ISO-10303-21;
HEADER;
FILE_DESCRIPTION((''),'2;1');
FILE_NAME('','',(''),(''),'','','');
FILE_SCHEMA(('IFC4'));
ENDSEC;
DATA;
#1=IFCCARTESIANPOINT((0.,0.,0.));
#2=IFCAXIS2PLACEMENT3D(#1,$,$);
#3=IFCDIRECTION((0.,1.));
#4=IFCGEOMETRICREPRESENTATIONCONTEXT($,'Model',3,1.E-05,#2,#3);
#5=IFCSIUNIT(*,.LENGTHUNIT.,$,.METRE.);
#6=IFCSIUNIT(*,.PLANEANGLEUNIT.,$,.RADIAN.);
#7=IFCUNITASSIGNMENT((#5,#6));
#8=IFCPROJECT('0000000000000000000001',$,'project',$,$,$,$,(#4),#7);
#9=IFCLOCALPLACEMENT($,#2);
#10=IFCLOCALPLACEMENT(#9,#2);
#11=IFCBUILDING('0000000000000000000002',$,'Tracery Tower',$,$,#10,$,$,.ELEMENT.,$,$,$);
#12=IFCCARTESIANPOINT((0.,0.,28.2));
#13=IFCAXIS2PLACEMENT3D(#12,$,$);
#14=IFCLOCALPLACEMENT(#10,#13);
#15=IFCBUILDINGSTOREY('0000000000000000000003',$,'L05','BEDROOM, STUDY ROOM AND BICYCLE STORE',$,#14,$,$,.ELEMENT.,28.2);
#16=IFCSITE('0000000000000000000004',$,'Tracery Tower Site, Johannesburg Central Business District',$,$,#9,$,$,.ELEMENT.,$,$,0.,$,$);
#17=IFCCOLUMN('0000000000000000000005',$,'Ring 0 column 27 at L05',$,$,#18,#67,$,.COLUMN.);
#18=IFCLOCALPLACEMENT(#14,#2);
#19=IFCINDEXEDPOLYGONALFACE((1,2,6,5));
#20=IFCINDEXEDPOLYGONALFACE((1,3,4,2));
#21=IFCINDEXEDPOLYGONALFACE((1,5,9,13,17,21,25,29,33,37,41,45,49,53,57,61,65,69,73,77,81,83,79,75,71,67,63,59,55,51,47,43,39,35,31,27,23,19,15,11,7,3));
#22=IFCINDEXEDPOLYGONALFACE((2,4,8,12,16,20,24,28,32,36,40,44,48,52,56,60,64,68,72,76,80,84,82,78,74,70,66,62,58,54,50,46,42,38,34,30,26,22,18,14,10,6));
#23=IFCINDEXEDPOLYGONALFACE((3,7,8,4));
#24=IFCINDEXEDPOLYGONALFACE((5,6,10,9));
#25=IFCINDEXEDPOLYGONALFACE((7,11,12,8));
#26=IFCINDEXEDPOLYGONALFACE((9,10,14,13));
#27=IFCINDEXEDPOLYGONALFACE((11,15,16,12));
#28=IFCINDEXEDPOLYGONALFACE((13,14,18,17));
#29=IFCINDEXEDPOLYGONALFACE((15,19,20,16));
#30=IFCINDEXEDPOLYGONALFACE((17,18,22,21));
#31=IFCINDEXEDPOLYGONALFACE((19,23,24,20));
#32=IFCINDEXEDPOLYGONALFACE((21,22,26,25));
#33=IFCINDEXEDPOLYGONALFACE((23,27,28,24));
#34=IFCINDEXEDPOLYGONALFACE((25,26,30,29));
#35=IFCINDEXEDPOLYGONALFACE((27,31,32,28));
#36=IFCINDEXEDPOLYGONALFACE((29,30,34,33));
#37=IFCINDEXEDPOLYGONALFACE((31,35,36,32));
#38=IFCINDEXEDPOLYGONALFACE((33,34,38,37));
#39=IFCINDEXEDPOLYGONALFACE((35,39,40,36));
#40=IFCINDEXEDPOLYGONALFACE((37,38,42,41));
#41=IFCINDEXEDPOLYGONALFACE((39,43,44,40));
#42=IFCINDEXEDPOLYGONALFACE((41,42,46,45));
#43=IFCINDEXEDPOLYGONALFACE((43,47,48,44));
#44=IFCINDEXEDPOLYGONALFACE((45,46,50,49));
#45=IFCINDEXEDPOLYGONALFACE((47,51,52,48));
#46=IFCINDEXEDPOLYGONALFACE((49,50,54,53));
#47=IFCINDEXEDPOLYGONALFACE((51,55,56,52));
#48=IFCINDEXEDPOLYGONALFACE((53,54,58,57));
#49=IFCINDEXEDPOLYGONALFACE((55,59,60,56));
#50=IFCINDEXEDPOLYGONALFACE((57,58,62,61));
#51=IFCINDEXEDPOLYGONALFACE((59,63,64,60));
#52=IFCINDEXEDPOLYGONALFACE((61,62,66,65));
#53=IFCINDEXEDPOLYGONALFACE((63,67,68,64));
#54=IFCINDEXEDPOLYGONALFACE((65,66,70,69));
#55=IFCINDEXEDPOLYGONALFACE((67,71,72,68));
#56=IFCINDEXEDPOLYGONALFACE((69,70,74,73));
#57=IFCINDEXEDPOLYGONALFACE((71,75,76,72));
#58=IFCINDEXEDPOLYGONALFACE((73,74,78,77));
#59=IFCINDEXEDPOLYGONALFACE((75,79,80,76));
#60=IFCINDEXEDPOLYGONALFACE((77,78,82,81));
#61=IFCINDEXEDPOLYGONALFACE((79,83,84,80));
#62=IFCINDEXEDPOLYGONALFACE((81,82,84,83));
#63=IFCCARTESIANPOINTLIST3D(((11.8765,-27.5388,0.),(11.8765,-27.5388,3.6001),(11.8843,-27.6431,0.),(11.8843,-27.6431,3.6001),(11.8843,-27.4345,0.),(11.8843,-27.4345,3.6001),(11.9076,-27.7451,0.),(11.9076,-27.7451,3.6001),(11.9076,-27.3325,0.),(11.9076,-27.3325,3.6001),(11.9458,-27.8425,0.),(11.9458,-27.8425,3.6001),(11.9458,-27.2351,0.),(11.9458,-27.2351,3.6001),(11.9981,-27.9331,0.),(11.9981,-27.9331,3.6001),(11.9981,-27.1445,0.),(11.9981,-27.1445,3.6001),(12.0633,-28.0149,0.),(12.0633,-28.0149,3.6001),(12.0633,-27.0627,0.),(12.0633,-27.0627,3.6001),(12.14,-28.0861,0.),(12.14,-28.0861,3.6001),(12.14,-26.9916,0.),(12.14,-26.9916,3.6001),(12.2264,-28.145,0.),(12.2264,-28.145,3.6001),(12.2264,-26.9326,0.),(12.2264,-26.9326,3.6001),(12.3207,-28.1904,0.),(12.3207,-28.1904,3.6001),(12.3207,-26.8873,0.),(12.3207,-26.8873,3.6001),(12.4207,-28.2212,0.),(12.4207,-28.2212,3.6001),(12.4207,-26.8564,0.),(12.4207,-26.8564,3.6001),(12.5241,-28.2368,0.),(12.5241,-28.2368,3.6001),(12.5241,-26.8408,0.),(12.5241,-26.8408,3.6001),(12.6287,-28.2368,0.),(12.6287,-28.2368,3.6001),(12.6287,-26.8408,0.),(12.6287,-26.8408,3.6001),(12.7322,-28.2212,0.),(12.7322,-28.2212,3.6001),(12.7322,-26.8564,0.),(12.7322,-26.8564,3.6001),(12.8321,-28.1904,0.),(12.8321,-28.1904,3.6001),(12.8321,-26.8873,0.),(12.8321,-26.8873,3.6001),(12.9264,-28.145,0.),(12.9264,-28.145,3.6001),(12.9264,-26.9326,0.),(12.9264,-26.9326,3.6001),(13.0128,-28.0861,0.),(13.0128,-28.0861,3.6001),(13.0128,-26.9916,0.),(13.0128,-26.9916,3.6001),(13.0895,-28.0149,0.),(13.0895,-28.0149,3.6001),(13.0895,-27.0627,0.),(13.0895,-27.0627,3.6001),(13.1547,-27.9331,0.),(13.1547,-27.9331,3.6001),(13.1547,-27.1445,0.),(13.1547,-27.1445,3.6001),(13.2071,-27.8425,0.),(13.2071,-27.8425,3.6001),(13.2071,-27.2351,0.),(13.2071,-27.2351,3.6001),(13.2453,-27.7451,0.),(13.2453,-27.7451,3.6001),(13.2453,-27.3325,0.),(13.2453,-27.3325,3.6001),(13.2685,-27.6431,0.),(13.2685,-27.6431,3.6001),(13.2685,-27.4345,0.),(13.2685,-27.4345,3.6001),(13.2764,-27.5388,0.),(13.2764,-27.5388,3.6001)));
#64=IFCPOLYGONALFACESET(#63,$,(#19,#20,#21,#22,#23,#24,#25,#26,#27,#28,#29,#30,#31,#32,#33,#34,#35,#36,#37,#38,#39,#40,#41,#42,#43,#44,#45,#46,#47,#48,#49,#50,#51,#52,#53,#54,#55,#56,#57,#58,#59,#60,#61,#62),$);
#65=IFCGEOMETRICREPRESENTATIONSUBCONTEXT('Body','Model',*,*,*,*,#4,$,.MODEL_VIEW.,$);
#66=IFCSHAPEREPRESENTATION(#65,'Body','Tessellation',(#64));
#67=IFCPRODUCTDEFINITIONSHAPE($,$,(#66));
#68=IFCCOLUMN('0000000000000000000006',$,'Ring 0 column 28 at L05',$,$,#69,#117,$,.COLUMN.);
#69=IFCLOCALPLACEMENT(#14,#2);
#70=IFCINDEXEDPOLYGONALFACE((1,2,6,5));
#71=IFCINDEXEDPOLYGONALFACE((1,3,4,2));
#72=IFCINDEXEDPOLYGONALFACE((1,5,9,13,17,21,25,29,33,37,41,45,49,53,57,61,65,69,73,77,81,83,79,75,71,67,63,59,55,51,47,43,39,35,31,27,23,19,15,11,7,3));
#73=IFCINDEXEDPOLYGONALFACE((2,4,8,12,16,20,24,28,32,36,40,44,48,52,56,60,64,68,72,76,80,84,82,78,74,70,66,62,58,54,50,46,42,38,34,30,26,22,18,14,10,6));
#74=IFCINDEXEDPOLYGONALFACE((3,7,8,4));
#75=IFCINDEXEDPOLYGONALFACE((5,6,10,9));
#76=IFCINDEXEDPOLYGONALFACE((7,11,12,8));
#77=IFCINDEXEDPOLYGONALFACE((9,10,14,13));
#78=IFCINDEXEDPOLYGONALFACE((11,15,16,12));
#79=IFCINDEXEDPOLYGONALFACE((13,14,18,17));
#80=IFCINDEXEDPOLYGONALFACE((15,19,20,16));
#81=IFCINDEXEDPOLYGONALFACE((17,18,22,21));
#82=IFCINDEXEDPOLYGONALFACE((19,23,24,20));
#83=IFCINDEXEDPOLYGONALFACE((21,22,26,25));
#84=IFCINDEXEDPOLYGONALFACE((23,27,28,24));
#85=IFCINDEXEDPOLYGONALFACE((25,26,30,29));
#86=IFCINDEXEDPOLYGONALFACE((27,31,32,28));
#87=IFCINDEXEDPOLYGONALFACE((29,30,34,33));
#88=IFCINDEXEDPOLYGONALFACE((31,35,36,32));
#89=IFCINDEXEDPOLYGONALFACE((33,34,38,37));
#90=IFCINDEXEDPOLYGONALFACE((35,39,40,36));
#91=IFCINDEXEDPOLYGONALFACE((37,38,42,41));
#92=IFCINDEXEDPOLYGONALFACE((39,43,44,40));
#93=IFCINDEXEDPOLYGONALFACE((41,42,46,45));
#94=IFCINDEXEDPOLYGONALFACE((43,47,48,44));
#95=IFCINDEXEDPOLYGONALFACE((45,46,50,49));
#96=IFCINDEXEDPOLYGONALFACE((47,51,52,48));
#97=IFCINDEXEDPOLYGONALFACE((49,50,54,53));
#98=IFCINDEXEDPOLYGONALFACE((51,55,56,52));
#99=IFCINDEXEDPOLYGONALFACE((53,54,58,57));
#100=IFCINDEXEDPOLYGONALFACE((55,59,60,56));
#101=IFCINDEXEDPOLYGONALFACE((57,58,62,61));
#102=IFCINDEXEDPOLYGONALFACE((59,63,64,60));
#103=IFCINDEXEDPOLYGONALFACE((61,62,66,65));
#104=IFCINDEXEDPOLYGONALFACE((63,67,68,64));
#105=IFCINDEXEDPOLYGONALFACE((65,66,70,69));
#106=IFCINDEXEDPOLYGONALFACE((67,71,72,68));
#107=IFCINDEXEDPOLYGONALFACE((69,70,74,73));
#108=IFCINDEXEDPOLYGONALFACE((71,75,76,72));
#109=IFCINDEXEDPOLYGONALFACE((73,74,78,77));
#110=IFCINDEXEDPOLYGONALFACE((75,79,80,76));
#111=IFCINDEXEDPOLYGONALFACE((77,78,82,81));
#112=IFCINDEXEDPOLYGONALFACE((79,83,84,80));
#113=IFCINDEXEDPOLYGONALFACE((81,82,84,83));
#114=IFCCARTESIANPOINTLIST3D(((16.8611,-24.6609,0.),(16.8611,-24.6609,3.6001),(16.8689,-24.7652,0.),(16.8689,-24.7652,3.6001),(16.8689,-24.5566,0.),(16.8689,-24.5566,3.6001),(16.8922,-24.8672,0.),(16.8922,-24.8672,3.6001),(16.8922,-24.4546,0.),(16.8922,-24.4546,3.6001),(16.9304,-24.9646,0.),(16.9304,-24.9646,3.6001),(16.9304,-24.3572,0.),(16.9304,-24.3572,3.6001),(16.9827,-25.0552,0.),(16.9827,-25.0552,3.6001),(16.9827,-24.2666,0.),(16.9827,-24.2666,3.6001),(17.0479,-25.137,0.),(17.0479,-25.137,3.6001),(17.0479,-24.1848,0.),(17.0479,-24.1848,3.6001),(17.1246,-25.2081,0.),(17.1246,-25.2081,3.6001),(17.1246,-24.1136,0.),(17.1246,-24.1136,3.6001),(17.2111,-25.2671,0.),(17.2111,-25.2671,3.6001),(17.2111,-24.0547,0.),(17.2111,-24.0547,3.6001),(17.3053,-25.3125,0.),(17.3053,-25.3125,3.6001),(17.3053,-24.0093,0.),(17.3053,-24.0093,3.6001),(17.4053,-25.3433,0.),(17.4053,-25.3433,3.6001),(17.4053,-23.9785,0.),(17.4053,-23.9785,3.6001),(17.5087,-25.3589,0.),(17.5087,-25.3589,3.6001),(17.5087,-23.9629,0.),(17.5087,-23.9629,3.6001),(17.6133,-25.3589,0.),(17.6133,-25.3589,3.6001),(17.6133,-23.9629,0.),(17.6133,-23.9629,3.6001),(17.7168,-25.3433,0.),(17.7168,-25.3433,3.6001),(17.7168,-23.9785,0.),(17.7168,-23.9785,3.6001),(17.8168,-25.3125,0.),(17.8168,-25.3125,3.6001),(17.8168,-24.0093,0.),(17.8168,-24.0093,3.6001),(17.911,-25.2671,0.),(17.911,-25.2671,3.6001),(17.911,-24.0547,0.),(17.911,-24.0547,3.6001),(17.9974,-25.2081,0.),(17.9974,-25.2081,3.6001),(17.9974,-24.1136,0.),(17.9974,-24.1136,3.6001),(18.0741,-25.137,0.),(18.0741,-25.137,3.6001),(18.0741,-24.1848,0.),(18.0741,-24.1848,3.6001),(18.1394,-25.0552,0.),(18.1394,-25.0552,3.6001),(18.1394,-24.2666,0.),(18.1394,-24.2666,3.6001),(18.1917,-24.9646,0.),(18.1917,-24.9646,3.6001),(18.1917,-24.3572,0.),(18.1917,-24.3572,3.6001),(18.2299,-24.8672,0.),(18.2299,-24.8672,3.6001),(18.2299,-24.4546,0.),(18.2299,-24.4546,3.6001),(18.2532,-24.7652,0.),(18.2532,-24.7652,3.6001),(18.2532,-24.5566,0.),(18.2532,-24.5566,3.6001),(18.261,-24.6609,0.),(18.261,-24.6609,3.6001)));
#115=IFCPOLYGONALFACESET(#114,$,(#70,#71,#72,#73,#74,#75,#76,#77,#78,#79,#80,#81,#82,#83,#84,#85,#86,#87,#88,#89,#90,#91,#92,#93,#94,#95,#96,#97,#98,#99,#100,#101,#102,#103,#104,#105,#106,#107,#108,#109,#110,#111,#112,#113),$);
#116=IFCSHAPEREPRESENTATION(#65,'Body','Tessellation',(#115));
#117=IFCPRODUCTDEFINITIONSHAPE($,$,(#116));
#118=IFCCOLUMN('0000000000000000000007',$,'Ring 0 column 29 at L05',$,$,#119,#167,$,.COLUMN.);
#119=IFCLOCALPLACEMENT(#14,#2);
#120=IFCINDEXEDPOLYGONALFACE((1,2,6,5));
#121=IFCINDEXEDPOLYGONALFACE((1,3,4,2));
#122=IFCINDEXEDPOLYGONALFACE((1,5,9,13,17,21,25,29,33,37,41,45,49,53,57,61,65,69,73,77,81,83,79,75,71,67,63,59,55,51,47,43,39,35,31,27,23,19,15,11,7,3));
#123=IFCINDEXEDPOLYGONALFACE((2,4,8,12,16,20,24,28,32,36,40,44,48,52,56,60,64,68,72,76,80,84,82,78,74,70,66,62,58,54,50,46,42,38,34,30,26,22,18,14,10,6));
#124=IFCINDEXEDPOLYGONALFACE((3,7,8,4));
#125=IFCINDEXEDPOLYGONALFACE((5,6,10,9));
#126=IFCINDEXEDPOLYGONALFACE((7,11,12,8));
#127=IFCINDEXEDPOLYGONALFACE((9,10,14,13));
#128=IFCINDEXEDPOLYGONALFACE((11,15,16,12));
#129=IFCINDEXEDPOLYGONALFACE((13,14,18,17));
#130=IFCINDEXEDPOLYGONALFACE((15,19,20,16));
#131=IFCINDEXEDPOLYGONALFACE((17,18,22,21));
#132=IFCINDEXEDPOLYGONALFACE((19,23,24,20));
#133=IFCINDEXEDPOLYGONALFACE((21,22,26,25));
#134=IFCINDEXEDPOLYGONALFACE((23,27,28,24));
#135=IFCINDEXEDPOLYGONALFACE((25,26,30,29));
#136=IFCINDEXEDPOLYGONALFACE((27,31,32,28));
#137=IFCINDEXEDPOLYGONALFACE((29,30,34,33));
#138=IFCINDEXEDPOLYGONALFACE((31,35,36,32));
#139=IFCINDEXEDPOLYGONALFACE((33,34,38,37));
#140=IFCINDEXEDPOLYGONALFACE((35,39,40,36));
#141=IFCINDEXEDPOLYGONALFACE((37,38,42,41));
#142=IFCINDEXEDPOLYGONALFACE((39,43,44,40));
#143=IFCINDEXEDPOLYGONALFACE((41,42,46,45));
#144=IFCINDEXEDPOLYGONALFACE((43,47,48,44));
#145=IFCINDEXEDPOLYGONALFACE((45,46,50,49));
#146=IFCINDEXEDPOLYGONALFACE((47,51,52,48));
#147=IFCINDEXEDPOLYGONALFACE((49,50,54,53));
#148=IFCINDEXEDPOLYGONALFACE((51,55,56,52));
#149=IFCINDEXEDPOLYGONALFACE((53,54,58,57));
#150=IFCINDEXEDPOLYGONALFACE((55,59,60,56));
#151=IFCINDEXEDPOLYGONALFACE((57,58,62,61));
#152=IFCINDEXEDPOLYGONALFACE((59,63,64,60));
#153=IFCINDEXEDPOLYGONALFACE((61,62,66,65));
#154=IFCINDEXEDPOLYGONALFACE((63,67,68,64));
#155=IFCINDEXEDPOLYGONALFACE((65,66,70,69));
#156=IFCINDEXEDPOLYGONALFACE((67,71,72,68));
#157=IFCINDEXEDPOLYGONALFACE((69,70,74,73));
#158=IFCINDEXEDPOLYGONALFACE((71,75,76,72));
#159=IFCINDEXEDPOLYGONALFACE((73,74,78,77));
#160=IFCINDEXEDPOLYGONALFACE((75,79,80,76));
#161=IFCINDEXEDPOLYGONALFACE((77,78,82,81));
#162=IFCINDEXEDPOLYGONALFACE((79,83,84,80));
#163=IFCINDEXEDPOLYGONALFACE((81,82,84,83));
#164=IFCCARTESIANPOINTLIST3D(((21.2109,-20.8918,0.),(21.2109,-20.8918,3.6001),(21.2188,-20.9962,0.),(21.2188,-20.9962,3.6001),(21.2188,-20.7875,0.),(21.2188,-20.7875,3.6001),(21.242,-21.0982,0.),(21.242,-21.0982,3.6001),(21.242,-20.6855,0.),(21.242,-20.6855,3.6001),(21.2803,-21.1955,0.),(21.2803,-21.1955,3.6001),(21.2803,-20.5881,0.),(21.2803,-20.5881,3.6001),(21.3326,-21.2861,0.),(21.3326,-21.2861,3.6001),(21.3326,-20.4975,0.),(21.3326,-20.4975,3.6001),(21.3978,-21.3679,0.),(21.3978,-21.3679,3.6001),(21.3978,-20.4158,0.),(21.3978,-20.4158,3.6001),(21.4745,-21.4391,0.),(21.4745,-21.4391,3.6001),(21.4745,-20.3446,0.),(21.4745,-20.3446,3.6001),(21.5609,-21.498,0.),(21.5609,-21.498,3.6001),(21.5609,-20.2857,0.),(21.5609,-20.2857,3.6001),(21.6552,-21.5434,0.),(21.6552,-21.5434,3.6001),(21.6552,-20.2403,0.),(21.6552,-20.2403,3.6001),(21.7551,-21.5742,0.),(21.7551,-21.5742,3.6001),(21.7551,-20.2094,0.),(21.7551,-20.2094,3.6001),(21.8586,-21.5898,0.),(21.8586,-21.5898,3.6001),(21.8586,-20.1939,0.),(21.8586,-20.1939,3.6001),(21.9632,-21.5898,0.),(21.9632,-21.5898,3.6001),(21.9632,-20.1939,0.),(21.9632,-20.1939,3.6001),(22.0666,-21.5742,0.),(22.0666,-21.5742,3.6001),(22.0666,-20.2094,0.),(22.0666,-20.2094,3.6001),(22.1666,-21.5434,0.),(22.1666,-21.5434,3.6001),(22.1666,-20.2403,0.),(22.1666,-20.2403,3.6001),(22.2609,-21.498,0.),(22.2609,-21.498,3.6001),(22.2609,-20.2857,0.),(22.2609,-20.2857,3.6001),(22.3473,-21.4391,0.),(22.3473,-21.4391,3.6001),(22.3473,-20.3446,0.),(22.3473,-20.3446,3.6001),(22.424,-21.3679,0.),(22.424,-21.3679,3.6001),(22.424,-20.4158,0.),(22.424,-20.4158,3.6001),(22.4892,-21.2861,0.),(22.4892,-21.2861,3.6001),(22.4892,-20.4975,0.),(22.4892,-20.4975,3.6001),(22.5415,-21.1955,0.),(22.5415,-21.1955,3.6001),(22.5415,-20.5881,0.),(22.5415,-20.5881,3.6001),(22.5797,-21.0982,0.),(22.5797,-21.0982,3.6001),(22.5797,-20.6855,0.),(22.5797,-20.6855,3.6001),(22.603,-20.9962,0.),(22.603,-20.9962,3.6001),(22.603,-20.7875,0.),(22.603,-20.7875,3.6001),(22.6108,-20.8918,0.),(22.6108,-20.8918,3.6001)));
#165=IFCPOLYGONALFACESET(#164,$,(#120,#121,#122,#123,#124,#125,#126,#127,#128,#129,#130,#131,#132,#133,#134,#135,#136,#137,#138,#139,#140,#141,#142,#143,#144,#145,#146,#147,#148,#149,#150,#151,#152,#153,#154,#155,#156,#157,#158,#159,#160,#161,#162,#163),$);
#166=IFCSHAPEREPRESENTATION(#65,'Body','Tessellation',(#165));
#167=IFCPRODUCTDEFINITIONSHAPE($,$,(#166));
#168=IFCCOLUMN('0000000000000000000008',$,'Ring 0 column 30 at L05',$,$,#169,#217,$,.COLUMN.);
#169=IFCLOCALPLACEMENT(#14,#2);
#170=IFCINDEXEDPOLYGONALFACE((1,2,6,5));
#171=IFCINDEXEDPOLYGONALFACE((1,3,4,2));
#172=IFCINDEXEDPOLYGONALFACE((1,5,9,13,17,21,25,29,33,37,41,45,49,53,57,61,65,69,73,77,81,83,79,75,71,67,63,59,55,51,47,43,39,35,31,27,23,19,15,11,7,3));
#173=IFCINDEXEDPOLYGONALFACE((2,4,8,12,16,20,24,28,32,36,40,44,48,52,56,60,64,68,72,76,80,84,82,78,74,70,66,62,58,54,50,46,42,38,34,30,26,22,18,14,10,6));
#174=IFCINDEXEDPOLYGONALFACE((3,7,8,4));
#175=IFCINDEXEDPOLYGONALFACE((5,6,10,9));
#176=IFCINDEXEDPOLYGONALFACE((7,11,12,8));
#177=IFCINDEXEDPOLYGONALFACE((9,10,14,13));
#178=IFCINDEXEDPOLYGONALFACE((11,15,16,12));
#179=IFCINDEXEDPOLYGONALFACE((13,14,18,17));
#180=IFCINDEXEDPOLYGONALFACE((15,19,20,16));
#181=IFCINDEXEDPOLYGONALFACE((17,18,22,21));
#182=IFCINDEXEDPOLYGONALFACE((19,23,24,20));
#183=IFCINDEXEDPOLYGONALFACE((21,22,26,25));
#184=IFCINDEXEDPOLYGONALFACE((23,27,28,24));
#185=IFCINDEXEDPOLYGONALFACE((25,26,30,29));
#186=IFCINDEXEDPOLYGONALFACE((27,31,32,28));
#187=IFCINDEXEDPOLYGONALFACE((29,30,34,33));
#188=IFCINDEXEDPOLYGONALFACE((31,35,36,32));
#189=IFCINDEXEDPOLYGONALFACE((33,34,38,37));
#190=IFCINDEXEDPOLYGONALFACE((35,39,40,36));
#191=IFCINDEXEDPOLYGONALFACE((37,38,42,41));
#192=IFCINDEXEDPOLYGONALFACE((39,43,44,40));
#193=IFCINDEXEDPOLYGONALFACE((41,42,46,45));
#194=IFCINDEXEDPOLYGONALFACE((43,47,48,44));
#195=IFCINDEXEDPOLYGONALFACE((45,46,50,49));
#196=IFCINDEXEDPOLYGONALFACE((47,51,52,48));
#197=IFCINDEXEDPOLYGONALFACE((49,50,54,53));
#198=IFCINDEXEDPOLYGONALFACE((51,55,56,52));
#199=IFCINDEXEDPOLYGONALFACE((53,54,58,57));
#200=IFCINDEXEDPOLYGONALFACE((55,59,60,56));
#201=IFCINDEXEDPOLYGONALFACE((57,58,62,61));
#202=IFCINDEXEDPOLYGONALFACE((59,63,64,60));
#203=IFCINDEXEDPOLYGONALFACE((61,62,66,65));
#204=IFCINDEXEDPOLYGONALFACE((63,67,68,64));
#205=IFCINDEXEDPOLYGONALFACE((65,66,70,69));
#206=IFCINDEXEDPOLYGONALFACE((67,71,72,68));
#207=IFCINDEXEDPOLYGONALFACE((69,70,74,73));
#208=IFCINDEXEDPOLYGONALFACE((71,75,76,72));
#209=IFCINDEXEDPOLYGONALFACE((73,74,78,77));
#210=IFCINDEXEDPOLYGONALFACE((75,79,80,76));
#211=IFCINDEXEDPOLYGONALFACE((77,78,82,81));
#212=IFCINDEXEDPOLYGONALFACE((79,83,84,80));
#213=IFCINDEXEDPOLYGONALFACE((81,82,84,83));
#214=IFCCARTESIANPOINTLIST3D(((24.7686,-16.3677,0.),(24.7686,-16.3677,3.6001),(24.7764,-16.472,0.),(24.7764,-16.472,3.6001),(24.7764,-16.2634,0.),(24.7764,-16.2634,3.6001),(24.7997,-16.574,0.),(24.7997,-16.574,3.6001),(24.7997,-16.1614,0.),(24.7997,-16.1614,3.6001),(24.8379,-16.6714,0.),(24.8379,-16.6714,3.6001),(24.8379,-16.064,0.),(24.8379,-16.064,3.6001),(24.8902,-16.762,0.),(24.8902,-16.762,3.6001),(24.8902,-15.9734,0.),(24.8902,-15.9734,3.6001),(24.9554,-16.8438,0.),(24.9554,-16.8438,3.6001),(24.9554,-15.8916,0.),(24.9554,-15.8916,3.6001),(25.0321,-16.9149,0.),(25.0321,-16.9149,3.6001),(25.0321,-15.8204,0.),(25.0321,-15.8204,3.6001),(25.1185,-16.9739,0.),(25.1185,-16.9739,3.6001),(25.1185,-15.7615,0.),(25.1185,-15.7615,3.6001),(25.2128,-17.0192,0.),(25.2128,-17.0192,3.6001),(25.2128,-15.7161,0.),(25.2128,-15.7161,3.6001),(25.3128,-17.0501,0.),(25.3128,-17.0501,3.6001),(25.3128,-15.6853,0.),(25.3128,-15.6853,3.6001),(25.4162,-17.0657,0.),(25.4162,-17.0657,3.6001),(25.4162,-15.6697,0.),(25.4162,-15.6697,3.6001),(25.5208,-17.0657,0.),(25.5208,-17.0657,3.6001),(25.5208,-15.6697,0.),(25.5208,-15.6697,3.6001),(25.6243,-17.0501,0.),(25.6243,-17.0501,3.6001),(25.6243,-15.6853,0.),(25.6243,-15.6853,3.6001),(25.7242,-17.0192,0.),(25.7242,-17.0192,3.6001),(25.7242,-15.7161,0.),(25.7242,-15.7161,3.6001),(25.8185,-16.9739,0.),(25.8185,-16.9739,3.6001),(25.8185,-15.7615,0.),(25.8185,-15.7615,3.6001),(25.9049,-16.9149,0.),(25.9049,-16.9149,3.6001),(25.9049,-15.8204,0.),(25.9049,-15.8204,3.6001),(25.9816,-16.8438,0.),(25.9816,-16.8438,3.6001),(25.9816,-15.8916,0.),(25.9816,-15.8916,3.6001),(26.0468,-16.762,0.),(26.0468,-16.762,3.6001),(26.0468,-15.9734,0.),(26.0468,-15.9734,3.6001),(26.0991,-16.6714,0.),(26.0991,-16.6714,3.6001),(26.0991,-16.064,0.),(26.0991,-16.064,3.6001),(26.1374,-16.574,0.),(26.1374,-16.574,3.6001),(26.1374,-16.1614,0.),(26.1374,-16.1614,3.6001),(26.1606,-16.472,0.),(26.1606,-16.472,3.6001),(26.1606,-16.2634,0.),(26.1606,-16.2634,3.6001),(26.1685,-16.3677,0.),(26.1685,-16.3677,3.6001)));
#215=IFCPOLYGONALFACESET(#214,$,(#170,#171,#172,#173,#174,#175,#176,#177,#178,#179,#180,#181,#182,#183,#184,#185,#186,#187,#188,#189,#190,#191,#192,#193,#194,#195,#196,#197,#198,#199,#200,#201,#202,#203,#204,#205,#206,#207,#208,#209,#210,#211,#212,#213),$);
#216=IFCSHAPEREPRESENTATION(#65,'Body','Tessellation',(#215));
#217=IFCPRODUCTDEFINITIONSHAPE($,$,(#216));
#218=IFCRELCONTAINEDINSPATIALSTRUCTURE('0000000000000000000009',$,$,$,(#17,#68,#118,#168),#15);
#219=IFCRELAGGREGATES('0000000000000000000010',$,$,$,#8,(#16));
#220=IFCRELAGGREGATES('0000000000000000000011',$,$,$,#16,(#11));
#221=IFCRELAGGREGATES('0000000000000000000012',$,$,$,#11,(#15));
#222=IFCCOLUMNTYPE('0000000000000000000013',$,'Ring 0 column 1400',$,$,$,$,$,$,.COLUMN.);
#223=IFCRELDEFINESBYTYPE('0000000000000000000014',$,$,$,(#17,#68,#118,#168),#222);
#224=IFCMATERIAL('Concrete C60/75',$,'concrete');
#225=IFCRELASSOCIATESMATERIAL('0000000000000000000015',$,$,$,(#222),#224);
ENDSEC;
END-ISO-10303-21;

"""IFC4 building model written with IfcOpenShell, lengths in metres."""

from ifc_helpers import new_model, si_unit, direction, frame, origin, origin_2d, place, context, subcontext, project, spatial, circle, extrude, material, material_profile, profile_set, type_object, element, save


model = new_model("IFC4")

# Units and contexts
model_context = context("Model", 3, precision=1e-05, world=origin(), true_north=direction((0.0, 1.0)))
body_context = subcontext(model_context, "Body", "Model", "MODEL_VIEW")
ifc_project = project(units=[si_unit("LENGTHUNIT", "METRE"), si_unit("PLANEANGLEUNIT", "RADIAN")], contexts=[model_context])

# Site, building, storey
site_placement = place(None, origin())
site = spatial("IfcSite", under=ifc_project, at=site_placement, Name="Tracery Tower Site, Johannesburg Central Business District", CompositionType="ELEMENT", RefElevation=0.0)
building_placement = place(site_placement, origin())
building = spatial("IfcBuilding", under=site, at=building_placement, Name="Tracery Tower", CompositionType="ELEMENT")
storey_placement = place(building_placement, frame((0.0, 0.0, 28.2)))
storey = spatial("IfcBuildingStorey", under=building, at=storey_placement, Name="L05", Description="BEDROOM, STUDY ROOM AND BICYCLE STORE", CompositionType="ELEMENT", Elevation=28.2)

# Columns
ifc_material_1 = material(Name="Concrete C60/75", Category="concrete")
ifc_material_profile_1 = material_profile(ifc_material_1, circle(Radius=0.7, at=origin_2d()), Name="RC D1400")
ifc_profile_set_1 = profile_set([ifc_material_profile_1], Name="Concrete C60/75")
column_type_1 = type_object("IfcColumnType", Name="Ring 0 column 1400", PredefinedType="COLUMN", material=ifc_profile_set_1)
for number, where, z_axis, x_axis, name in (
    (1, (12.5764, -27.5388, 0.0), (0.0, 0.0, 1.0), (1.0, 0.0, 0.0), "Ring 0 column 27 at L05"),
    (2, (17.561, -24.6609, 0.0), (0.0, 0.0, 1.0), (1.0, 0.0, 0.0), "Ring 0 column 28 at L05"),
    (3, (21.9109, -20.8918, 0.0), (0.0, 0.0, 1.0), (1.0, 0.0, 0.0), "Ring 0 column 29 at L05"),
    (4, (25.4685, -16.3677, 0.0), (0.0, 0.0, 1.0), (1.0, 0.0, 0.0), "Ring 0 column 30 at L05"),
):
    element("IfcColumn", number, at=place(storey_placement, frame(where, z_axis=z_axis, x_axis=x_axis)), inside=storey, type_object=column_type_1, Name=name, PredefinedType="COLUMN", context=body_context, shape_type="SweptSolid", body=[
        extrude(circle(Radius=0.7, at=origin_2d()), origin(), (0.0, 0.0, 1.0), 3.6001),
    ])

save(model, "model.ifc")
